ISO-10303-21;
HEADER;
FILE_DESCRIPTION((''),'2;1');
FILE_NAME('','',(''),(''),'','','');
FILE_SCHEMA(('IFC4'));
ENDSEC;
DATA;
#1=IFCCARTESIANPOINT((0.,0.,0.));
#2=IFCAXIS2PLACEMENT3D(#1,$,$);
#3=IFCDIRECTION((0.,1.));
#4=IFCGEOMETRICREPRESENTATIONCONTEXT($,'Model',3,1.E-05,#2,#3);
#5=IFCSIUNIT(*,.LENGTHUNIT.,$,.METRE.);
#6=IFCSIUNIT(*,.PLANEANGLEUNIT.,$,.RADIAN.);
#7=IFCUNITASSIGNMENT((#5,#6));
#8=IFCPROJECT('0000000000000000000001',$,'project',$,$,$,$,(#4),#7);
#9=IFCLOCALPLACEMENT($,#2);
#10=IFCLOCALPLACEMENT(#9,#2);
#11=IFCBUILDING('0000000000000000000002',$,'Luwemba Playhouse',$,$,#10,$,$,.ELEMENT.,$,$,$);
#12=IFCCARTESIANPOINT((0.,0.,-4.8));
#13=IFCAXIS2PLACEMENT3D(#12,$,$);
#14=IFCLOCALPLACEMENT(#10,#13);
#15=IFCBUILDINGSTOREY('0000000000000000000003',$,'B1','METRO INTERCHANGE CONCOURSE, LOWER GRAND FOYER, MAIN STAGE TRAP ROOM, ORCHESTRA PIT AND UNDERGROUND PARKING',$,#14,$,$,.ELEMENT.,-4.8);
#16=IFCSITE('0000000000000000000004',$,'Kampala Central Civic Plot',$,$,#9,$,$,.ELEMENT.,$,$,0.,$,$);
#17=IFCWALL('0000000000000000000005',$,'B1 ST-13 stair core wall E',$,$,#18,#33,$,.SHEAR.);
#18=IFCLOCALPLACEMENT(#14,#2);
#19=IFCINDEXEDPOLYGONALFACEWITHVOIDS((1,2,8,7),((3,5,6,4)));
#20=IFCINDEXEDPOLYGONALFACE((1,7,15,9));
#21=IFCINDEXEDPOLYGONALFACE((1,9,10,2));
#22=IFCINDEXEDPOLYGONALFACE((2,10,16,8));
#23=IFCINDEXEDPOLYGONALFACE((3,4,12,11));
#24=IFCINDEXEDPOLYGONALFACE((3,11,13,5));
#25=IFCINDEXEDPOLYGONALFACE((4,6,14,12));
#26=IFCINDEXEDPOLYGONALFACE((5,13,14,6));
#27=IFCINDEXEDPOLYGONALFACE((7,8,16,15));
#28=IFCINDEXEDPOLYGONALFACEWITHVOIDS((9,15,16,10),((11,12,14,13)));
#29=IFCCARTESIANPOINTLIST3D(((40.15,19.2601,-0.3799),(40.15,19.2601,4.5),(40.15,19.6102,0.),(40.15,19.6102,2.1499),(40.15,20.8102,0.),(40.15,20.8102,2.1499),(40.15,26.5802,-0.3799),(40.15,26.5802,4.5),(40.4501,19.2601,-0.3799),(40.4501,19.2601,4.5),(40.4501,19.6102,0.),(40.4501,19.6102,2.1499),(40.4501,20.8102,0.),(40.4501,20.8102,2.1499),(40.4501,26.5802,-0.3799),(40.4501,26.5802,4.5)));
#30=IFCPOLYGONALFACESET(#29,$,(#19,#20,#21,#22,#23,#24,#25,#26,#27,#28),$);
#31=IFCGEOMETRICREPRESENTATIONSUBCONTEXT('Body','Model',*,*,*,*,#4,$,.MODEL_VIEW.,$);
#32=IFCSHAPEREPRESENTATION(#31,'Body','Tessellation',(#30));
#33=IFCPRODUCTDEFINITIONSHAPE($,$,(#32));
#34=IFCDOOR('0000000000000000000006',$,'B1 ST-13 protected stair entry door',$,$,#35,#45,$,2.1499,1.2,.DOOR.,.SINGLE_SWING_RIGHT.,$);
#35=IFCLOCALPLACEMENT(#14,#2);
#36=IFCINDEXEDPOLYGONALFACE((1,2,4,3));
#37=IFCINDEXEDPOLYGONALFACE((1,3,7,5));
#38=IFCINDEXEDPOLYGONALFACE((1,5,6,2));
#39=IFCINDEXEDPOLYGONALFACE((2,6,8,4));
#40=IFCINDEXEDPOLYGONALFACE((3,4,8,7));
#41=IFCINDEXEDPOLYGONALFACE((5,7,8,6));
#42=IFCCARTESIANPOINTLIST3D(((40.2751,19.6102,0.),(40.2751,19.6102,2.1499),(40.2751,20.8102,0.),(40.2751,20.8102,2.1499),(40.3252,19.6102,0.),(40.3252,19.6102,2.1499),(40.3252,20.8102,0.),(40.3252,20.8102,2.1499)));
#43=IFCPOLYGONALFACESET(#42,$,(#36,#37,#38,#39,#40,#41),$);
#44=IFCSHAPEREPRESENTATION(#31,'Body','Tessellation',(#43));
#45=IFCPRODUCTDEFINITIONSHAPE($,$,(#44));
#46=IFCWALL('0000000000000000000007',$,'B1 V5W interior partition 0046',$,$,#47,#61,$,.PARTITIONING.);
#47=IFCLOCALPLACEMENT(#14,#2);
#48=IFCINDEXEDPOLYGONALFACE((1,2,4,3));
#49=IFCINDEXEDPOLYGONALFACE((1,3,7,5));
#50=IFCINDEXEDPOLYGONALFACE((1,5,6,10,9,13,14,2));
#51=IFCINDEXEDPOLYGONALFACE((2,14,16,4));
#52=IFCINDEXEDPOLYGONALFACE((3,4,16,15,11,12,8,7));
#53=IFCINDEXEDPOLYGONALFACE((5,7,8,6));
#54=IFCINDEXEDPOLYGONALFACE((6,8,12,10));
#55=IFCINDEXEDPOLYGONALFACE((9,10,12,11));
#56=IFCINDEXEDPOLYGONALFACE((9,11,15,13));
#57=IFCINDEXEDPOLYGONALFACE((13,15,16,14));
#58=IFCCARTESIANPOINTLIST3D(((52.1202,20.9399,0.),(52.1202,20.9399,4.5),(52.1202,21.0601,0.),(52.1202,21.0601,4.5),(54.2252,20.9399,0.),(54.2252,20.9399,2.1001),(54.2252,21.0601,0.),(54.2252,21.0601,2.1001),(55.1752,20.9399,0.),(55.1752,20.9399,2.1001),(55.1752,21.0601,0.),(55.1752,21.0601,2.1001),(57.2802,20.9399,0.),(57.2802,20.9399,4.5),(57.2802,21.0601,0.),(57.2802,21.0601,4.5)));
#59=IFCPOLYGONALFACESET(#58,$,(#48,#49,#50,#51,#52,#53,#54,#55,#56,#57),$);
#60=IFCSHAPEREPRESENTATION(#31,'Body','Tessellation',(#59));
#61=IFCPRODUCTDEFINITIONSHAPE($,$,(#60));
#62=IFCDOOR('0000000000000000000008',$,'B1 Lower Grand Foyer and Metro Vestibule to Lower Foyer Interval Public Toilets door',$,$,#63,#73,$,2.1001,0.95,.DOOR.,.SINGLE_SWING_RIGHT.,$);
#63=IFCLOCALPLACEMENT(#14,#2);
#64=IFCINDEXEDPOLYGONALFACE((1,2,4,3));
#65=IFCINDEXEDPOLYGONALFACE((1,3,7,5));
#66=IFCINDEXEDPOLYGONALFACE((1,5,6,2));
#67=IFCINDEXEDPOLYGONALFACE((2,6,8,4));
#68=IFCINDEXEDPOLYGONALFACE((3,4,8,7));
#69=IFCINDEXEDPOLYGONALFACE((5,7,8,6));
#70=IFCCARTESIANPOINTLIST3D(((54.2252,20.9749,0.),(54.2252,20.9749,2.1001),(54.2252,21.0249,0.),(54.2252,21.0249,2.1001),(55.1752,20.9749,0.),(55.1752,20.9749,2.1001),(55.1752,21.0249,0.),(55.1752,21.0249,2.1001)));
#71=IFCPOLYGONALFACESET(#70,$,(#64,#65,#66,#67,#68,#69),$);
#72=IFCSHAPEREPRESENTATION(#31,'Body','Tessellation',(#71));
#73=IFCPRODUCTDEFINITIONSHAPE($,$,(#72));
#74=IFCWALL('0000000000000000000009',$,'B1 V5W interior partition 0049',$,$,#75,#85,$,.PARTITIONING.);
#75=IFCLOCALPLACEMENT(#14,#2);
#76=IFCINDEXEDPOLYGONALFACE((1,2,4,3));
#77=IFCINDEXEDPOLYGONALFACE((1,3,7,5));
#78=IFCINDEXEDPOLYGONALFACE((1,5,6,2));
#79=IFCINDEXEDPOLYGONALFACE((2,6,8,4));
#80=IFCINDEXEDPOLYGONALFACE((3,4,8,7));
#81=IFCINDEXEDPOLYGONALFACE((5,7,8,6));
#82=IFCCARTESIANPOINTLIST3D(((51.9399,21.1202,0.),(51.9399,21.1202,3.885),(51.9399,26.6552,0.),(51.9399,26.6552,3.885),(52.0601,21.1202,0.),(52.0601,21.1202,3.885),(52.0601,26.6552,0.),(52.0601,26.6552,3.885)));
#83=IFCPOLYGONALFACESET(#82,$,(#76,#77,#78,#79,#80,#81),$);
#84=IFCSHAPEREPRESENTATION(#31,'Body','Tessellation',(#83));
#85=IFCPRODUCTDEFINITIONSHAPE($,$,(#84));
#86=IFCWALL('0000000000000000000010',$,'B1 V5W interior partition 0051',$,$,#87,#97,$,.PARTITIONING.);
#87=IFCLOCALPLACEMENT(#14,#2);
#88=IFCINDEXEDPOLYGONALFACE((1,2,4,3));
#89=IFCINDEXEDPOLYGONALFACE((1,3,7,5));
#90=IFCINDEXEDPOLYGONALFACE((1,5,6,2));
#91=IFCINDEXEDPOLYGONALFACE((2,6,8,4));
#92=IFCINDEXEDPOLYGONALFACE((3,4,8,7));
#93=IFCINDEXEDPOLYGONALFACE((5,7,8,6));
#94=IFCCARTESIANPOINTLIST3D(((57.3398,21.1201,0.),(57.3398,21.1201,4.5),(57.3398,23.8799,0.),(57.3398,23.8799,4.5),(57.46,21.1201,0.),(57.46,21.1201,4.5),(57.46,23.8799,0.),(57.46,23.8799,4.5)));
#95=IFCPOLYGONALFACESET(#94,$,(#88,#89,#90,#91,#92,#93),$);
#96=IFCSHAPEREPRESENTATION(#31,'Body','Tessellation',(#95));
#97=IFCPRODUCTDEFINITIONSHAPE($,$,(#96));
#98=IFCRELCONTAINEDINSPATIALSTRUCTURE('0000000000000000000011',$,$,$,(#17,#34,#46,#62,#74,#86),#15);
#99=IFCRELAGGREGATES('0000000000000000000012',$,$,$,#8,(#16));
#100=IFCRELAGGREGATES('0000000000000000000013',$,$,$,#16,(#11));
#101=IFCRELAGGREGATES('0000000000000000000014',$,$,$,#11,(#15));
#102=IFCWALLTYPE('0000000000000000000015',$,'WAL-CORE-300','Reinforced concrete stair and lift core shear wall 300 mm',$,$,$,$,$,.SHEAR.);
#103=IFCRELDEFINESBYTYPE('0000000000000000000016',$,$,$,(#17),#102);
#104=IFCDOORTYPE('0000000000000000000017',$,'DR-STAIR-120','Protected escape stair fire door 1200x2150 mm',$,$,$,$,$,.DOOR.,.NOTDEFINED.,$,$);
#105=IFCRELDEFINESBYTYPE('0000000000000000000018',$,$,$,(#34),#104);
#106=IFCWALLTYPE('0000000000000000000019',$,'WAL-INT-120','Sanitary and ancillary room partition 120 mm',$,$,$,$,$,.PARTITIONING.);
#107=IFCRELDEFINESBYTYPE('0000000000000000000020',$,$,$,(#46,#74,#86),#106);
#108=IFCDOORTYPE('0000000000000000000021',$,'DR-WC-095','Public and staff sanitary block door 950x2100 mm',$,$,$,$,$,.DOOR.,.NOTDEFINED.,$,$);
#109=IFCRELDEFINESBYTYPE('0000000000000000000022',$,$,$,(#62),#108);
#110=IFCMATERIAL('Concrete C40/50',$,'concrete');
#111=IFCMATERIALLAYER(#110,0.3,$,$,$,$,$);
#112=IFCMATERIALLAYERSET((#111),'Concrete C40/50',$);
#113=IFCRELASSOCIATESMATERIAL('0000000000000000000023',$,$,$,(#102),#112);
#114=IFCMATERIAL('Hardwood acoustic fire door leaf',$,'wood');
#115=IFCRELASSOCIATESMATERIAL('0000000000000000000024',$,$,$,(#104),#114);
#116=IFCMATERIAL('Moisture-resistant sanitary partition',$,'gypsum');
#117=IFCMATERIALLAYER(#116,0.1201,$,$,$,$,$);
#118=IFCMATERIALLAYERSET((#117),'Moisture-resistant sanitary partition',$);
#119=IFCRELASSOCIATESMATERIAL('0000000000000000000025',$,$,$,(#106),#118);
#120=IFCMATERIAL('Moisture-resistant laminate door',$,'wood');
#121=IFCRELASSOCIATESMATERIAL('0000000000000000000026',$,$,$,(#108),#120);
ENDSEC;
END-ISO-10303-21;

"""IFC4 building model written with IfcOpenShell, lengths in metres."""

from ifc_helpers import new_model, si_unit, direction, frame, frame_2d, origin, place, context, subcontext, project, spatial, rectangle, extrude, material, layer, layer_set, type_object, element, fill, save


model = new_model("IFC4")

# Units and contexts
model_context = context("Model", 3, precision=1e-05, world=origin(), true_north=direction((0.0, 1.0)))
body_context = subcontext(model_context, "Body", "Model", "MODEL_VIEW")
ifc_project = project(units=[si_unit("LENGTHUNIT", "METRE"), si_unit("PLANEANGLEUNIT", "RADIAN")], contexts=[model_context])

# Site, building, storey
site_placement = place(None, origin())
site = spatial("IfcSite", under=ifc_project, at=site_placement, Name="Kampala Central Civic Plot", CompositionType="ELEMENT", RefElevation=0.0)
building_placement = place(site_placement, origin())
building = spatial("IfcBuilding", under=site, at=building_placement, Name="Luwemba Playhouse", CompositionType="ELEMENT")
storey_placement = place(building_placement, frame((0.0, 0.0, -4.8)))
storey = spatial("IfcBuildingStorey", under=building, at=storey_placement, Name="B1", Description="METRO INTERCHANGE CONCOURSE, LOWER GRAND FOYER, MAIN STAGE TRAP ROOM, ORCHESTRA PIT AND UNDERGROUND PARKING", CompositionType="ELEMENT", Elevation=-4.8)

# Shared definitions
ifc_material_1 = material(Name="Concrete C40/50", Category="concrete")

# Shared definitions
ifc_layer_1 = layer(ifc_material_1, 0.3)
ifc_layer_set_1 = layer_set([ifc_layer_1], Name="Concrete C40/50")
wall_type_1 = type_object("IfcWallType", Name="WAL-CORE-300", Description="Reinforced concrete stair and lift core shear wall 300 mm", PredefinedType="SHEAR", material=ifc_layer_set_1)

# Walls, openings, doors
wall_1_placement = place(storey_placement, frame((40.3, 19.26, -0.3799), z_axis=(0.0, 0.0, 1.0), x_axis=(0.0, 1.0, 0.0)))
wall_1 = element("IfcWall", 1, at=wall_1_placement, inside=storey, type_object=wall_type_1, Name="B1 ST-13 stair core wall E", PredefinedType="SHEAR", context=body_context, shape_type="SweptSolid", body=[
    extrude(rectangle(XDim=7.3201, YDim=0.3, at=frame_2d((3.6602, 0.0))), origin(), (0.0, 0.0, 1.0), 4.8799),
])
opening_1_placement = place(wall_1_placement, frame((0.3501, 0.0, 0.3799)))
opening_1 = element("IfcOpeningElement", 2, at=opening_1_placement, cuts=wall_1, PredefinedType="OPENING", context=body_context, shape_type="SweptSolid", body=[
    extrude(rectangle(XDim=1.2, YDim=2.1499, at=frame_2d((0.6001, 1.075))), frame((0.0, 0.1599, 0.0), z_axis=(0.0, -1.0, 0.0), x_axis=(1.0, 0.0, 0.0)), (0.0, 0.0, 1.0), 0.3201),
])
ifc_material_2 = material(Name="Hardwood acoustic fire door leaf", Category="wood")
door_type_1 = type_object("IfcDoorType", Name="DR-STAIR-120", Description="Protected escape stair fire door 1200x2150 mm", OperationType="NOTDEFINED", PredefinedType="DOOR", material=ifc_material_2)
door_1_placement = place(opening_1_placement, origin())
door_1 = element("IfcDoor", 3, at=door_1_placement, inside=storey, type_object=door_type_1, Name="B1 ST-13 protected stair entry door", OperationType="SINGLE_SWING_RIGHT", OverallHeight=2.1499, OverallWidth=1.2, PredefinedType="DOOR", context=body_context, shape_type="SweptSolid", body=[
    extrude(rectangle(XDim=1.2, YDim=2.1499, at=frame_2d((0.6001, 1.075))), frame((0.0, 0.0249, 0.0), z_axis=(0.0, -1.0, 0.0), x_axis=(1.0, 0.0, 0.0)), (0.0, 0.0, 1.0), 0.05),
])
fill(opening_1, door_1)
ifc_material_3 = material(Name="Moisture-resistant sanitary partition", Category="gypsum")
ifc_layer_2 = layer(ifc_material_3, 0.1201)
ifc_layer_set_2 = layer_set([ifc_layer_2], Name="Moisture-resistant sanitary partition")
wall_type_2 = type_object("IfcWallType", Name="WAL-INT-120", Description="Sanitary and ancillary room partition 120 mm", PredefinedType="PARTITIONING", material=ifc_layer_set_2)
wall_2_placement = place(storey_placement, frame((52.1201, 21.0, 0.0), z_axis=(0.0, 0.0, 1.0), x_axis=(1.0, 0.0, 0.0)))
wall_2 = element("IfcWall", 4, at=wall_2_placement, inside=storey, type_object=wall_type_2, Name="B1 V5W interior partition 0046", PredefinedType="PARTITIONING", context=body_context, shape_type="SweptSolid", body=[
    extrude(rectangle(XDim=5.1599, YDim=0.1201, at=frame_2d((2.5801, 0.0))), origin(), (0.0, 0.0, 1.0), 4.5),
])
opening_2_placement = place(wall_2_placement, frame((2.105, 0.0, 0.0)))
opening_2 = element("IfcOpeningElement", 5, at=opening_2_placement, cuts=wall_2, PredefinedType="OPENING", context=body_context, shape_type="SweptSolid", body=[
    extrude(rectangle(XDim=0.95, YDim=2.1001, at=frame_2d((0.4751, 1.05))), frame((0.0, 0.0701, 0.0), z_axis=(0.0, -1.0, 0.0), x_axis=(1.0, 0.0, 0.0)), (0.0, 0.0, 1.0), 0.1401),
])
ifc_material_4 = material(Name="Moisture-resistant laminate door", Category="wood")
door_type_2 = type_object("IfcDoorType", Name="DR-WC-095", Description="Public and staff sanitary block door 950x2100 mm", OperationType="NOTDEFINED", PredefinedType="DOOR", material=ifc_material_4)
door_2_placement = place(opening_2_placement, origin())
door_2 = element("IfcDoor", 6, at=door_2_placement, inside=storey, type_object=door_type_2, Name="B1 Lower Grand Foyer and Metro Vestibule to Lower Foyer Interval Public Toilets door", OperationType="SINGLE_SWING_RIGHT", OverallHeight=2.1001, OverallWidth=0.95, PredefinedType="DOOR", context=body_context, shape_type="SweptSolid", body=[
    extrude(rectangle(XDim=0.95, YDim=2.1001, at=frame_2d((0.4751, 1.05))), frame((0.0, 0.0249, 0.0), z_axis=(0.0, -1.0, 0.0), x_axis=(1.0, 0.0, 0.0)), (0.0, 0.0, 1.0), 0.05),
])
fill(opening_2, door_2)

# Walls
wall_3_placement = place(storey_placement, frame((52.0, 21.1201, 0.0), z_axis=(0.0, 0.0, 1.0), x_axis=(0.0, 1.0, 0.0)))
element("IfcWall", 7, at=wall_3_placement, inside=storey, type_object=wall_type_2, Name="B1 V5W interior partition 0049", PredefinedType="PARTITIONING", context=body_context, shape_type="SweptSolid", body=[
    extrude(rectangle(XDim=5.5349, YDim=0.1201, at=frame_2d((2.7676, 0.0))), origin(), (0.0, 0.0, 1.0), 3.885),
])
wall_4_placement = place(storey_placement, frame((57.3999, 21.1201, 0.0), z_axis=(0.0, 0.0, 1.0), x_axis=(0.0, 1.0, 0.0)))
element("IfcWall", 8, at=wall_4_placement, inside=storey, type_object=wall_type_2, Name="B1 V5W interior partition 0051", PredefinedType="PARTITIONING", context=body_context, shape_type="SweptSolid", body=[
    extrude(rectangle(XDim=2.7598, YDim=0.1201, at=frame_2d((1.3799, 0.0))), origin(), (0.0, 0.0, 1.0), 4.5),
])

save(model, "model.ifc")
